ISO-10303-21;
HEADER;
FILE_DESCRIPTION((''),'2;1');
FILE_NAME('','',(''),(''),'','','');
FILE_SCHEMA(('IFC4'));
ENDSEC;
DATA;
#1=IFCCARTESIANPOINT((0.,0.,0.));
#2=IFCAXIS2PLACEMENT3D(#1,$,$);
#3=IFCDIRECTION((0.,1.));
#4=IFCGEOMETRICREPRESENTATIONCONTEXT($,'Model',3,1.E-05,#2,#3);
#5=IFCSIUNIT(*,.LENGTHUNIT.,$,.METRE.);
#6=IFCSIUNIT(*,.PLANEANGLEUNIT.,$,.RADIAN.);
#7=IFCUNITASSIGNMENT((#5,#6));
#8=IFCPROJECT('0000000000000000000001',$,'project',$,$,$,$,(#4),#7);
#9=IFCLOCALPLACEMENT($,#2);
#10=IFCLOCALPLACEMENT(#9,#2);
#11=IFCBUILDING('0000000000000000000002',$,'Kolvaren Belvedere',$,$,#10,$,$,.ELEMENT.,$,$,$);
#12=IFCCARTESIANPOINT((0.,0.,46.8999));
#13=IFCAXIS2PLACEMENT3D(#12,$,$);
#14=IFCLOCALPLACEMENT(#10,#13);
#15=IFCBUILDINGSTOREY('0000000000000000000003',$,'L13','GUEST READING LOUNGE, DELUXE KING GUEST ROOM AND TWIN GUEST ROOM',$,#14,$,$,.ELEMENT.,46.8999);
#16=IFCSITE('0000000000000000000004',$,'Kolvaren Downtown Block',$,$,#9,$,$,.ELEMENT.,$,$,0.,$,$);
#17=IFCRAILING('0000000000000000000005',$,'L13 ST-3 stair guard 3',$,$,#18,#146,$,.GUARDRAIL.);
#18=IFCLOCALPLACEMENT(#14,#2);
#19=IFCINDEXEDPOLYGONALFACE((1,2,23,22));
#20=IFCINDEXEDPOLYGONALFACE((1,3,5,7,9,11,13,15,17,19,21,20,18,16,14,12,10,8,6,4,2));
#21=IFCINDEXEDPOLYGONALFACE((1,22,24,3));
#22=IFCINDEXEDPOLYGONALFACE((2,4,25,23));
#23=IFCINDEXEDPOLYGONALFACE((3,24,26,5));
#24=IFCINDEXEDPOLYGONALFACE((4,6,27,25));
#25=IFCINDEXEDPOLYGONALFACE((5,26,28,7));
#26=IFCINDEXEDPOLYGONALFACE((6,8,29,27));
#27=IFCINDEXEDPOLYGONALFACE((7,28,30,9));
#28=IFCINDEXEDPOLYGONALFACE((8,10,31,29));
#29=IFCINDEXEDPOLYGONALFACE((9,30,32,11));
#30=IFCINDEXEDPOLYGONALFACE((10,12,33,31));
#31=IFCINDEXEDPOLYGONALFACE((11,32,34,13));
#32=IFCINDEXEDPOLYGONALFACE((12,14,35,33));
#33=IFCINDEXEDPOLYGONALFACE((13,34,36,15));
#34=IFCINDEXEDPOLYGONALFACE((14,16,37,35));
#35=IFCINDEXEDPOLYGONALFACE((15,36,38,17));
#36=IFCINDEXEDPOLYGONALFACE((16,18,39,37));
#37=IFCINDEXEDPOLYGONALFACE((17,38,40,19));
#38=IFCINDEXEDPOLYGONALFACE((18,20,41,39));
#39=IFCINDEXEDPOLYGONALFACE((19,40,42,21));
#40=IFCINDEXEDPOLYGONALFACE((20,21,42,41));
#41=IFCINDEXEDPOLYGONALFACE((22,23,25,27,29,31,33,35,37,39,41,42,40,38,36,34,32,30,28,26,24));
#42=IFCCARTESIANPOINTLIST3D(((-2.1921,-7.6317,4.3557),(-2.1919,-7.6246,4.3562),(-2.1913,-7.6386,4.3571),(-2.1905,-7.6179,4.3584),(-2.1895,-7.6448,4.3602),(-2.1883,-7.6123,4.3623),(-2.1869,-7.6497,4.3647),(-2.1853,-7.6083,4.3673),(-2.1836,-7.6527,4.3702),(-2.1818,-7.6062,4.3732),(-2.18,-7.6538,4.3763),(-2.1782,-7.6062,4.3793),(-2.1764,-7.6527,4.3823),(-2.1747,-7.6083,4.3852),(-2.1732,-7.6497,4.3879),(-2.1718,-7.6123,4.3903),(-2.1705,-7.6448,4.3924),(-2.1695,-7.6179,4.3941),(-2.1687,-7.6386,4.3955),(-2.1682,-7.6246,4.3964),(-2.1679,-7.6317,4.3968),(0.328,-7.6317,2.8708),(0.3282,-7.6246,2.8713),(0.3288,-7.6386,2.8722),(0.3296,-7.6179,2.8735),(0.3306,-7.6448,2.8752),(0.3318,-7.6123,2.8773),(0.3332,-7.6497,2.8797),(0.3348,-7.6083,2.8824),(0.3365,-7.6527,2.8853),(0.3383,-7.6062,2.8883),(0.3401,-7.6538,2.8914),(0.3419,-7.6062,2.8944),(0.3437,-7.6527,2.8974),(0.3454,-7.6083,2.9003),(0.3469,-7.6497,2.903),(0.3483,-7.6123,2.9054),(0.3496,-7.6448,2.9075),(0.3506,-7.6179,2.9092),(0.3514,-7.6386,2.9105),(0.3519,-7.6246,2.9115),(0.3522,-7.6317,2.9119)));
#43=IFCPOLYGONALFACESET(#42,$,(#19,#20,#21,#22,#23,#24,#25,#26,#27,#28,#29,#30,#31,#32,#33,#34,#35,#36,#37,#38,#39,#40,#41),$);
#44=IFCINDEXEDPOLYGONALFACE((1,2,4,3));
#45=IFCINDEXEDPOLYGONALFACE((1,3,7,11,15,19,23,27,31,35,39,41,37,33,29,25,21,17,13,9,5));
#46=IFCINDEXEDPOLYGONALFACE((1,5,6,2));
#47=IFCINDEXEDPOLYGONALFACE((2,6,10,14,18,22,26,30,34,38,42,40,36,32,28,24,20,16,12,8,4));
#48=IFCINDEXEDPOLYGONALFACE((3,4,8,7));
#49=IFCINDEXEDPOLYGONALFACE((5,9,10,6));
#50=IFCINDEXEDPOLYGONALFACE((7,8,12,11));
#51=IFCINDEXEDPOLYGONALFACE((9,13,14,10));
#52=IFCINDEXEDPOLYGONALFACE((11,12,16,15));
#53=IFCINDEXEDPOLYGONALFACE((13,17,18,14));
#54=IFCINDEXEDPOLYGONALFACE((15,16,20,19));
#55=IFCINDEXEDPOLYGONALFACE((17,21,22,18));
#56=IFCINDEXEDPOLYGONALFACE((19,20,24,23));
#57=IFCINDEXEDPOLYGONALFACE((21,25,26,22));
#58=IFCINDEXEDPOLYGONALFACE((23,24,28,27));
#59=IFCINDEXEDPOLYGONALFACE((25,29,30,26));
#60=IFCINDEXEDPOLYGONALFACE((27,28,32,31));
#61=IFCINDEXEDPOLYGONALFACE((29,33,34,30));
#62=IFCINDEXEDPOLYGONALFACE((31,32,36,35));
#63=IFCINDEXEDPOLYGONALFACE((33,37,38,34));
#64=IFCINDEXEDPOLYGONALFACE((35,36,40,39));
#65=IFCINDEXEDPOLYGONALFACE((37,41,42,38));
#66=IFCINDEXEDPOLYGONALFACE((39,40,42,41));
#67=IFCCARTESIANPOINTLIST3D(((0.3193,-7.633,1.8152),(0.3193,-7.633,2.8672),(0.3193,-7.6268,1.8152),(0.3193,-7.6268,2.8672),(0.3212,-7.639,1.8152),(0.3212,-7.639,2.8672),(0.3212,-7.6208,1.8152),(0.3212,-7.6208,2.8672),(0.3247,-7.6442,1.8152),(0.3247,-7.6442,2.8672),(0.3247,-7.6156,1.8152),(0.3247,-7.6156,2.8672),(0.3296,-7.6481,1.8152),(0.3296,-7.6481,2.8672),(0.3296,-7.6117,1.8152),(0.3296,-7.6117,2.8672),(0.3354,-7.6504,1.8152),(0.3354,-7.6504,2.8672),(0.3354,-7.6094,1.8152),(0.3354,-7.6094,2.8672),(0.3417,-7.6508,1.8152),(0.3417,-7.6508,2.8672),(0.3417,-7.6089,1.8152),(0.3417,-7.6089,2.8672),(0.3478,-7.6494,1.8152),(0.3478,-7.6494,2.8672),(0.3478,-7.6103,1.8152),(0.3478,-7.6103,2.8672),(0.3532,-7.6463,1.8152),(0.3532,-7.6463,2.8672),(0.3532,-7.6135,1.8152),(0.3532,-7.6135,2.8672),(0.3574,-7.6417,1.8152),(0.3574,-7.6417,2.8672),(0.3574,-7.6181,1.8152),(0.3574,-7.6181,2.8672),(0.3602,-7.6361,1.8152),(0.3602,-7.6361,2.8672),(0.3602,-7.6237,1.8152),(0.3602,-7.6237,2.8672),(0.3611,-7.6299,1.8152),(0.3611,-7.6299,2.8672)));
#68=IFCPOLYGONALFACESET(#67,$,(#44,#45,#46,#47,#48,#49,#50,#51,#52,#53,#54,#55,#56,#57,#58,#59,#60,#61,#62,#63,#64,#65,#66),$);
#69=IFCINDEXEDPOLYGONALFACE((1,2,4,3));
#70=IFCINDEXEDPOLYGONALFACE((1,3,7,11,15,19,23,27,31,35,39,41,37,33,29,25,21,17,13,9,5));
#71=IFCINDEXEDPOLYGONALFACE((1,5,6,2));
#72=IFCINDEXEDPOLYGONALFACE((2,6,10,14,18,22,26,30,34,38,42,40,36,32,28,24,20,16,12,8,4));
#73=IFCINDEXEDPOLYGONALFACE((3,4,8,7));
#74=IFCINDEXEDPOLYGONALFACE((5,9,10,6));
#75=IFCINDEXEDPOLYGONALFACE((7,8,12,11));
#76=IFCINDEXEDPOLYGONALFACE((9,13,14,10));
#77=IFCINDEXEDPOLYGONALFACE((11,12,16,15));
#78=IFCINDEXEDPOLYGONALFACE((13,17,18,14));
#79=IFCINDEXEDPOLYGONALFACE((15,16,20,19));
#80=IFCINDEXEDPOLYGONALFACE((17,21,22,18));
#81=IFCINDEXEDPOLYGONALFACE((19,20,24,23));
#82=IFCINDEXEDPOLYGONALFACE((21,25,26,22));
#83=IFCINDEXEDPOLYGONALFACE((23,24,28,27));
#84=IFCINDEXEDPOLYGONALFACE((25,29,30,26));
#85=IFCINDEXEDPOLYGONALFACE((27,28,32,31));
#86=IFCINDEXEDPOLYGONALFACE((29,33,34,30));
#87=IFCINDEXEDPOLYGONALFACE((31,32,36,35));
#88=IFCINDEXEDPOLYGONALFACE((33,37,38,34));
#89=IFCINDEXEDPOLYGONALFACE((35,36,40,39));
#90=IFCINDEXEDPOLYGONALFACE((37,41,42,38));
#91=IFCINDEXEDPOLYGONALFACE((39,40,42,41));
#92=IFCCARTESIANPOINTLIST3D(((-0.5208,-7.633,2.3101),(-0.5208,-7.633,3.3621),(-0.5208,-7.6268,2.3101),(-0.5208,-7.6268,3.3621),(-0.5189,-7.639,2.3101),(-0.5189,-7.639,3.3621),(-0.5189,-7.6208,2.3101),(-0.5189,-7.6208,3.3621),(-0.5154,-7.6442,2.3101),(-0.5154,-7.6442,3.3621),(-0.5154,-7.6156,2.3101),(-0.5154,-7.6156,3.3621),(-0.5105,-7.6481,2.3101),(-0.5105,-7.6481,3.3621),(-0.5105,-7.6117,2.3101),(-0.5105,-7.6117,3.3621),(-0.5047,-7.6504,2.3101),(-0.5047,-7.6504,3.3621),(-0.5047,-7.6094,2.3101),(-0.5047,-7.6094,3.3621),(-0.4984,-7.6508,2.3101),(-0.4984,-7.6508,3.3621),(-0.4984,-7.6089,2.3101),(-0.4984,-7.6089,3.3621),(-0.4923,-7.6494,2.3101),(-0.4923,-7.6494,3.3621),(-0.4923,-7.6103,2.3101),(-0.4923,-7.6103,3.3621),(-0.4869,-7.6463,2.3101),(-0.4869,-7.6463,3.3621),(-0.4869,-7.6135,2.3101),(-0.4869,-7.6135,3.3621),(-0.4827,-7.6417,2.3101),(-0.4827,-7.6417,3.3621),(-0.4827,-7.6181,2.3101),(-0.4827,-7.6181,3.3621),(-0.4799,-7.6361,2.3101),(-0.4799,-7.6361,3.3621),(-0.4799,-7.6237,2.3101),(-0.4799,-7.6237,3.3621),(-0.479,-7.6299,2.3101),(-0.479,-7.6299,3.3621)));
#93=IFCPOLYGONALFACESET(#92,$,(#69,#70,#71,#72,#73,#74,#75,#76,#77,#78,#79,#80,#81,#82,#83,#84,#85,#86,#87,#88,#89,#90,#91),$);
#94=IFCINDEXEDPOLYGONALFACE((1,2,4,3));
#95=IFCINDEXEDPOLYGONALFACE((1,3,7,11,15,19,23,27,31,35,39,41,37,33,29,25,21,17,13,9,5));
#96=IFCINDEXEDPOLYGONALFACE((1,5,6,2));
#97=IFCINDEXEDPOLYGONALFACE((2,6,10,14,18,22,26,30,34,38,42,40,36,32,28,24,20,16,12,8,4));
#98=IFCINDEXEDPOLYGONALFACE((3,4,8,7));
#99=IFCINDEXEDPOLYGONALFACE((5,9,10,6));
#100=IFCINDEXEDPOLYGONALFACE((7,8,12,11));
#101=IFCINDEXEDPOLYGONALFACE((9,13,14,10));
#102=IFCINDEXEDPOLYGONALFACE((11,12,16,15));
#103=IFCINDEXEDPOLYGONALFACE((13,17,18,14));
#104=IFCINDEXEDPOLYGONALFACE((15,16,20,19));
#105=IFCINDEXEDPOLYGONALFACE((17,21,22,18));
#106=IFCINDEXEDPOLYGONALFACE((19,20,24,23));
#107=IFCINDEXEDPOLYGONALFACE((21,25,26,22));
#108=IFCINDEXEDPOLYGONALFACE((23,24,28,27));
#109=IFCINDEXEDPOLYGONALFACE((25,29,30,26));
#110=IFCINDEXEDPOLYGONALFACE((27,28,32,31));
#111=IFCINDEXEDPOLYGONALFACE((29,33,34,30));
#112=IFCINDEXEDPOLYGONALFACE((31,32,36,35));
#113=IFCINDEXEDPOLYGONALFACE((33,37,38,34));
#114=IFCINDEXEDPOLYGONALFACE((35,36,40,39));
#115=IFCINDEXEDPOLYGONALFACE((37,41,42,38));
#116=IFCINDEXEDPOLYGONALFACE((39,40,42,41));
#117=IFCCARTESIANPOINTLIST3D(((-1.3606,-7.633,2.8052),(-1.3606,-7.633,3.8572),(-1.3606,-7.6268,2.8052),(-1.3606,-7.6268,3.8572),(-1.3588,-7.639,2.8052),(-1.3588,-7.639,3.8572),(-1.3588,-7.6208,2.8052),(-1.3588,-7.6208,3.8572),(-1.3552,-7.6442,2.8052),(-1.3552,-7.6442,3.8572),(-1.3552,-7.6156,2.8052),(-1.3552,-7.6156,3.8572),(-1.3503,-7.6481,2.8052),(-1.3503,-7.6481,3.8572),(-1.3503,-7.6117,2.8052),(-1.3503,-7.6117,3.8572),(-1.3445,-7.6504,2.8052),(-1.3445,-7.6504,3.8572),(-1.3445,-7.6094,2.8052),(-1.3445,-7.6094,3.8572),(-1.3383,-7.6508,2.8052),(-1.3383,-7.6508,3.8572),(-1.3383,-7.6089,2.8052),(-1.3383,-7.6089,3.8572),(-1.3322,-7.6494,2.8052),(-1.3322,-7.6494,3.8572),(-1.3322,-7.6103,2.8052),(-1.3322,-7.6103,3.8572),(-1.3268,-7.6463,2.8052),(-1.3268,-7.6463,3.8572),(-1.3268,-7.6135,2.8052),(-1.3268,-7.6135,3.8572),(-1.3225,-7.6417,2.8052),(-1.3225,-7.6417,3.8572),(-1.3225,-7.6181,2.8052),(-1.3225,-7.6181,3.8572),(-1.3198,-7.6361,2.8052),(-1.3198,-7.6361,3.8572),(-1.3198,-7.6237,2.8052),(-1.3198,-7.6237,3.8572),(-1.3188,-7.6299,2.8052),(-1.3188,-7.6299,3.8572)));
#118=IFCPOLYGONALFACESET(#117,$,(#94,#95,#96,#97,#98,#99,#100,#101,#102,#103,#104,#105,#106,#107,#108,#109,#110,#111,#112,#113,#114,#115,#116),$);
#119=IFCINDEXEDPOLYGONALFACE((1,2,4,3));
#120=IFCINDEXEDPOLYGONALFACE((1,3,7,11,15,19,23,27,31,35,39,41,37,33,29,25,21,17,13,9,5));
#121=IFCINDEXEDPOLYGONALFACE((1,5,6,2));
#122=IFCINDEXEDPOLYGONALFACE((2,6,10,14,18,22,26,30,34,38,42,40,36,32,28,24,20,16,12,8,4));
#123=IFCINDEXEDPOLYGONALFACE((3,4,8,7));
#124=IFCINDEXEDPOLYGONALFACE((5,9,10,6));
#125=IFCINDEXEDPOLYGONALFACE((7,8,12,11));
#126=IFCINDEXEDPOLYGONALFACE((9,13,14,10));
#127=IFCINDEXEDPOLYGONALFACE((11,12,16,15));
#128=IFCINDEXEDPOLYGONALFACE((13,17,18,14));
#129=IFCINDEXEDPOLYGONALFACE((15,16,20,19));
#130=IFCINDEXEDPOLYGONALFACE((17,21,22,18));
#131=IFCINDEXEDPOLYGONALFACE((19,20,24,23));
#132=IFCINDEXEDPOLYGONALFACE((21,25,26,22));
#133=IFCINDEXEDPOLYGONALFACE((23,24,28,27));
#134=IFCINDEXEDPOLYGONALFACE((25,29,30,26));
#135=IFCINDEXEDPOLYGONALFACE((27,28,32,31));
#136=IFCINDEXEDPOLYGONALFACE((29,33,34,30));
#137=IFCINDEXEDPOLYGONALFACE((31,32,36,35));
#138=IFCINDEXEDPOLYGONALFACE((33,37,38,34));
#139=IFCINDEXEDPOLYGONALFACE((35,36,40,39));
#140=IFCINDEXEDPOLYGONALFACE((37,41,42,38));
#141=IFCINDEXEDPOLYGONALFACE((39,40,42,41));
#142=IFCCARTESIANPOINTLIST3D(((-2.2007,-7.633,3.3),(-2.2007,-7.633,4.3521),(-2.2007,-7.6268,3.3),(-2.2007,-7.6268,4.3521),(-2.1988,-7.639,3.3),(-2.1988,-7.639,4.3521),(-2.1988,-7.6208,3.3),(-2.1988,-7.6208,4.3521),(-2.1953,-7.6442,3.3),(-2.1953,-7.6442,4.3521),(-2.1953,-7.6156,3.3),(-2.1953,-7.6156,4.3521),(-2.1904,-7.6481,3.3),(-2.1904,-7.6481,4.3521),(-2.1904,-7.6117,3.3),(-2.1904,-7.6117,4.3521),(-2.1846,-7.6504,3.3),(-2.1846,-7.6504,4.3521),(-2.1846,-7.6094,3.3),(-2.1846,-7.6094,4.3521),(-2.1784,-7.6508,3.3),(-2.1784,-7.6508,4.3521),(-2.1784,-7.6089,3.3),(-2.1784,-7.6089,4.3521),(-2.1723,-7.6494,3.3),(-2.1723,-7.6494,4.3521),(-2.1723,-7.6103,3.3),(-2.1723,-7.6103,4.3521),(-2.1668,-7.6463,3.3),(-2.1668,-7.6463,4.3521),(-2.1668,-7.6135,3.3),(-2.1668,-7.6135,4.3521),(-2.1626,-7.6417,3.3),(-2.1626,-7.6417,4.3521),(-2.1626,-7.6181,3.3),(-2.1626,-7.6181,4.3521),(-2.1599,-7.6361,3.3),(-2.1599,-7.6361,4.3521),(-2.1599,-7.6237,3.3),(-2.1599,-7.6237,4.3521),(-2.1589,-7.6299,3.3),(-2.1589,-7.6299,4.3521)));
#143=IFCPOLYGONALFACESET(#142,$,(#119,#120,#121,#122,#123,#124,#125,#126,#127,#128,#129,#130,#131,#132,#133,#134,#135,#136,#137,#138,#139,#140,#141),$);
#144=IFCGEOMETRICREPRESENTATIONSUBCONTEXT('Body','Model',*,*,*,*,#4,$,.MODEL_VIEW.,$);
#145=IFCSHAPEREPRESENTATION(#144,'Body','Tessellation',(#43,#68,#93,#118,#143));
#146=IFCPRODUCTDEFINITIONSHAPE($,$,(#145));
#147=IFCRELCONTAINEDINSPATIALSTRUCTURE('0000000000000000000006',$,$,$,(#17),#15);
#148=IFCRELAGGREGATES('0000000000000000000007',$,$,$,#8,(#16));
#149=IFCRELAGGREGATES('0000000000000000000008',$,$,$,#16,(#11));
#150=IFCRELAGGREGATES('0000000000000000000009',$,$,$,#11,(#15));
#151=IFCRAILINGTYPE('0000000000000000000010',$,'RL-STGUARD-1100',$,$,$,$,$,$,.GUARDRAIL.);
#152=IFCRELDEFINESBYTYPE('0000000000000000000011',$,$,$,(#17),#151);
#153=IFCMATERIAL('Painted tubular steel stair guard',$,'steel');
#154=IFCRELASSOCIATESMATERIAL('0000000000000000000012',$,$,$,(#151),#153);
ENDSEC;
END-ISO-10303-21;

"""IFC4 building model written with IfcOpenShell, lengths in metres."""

from ifc_helpers import new_model, si_unit, direction, frame, origin, origin_2d, place, context, subcontext, project, spatial, circle, extrude, material, type_object, element, save


model = new_model("IFC4")

# Units and contexts
model_context = context("Model", 3, precision=1e-05, world=origin(), true_north=direction((0.0, 1.0)))
body_context = subcontext(model_context, "Body", "Model", "MODEL_VIEW")
ifc_project = project(units=[si_unit("LENGTHUNIT", "METRE"), si_unit("PLANEANGLEUNIT", "RADIAN")], contexts=[model_context])

# Site, building, storey
site_placement = place(None, origin())
site = spatial("IfcSite", under=ifc_project, at=site_placement, Name="Kolvaren Downtown Block", CompositionType="ELEMENT", RefElevation=0.0)
building_placement = place(site_placement, origin())
building = spatial("IfcBuilding", under=site, at=building_placement, Name="Kolvaren Belvedere", CompositionType="ELEMENT")
storey_placement = place(building_placement, frame((0.0, 0.0, 46.8999)))
storey = spatial("IfcBuildingStorey", under=building, at=storey_placement, Name="L13", Description="GUEST READING LOUNGE, DELUXE KING GUEST ROOM AND TWIN GUEST ROOM", CompositionType="ELEMENT", Elevation=46.8999)

# Railing
ifc_material_1 = material(Name="Painted tubular steel stair guard", Category="steel")
railing_type_1 = type_object("IfcRailingType", Name="RL-STGUARD-1100", PredefinedType="GUARDRAIL", material=ifc_material_1)
railing_1_placement = place(storey_placement, frame((0.3401, -7.6299, 1.8152)))
element("IfcRailing", 1, at=railing_1_placement, inside=storey, type_object=railing_type_1, Name="L13 ST-3 stair guard 3", PredefinedType="GUARDRAIL", context=body_context, shape_type="SweptSolid", body=[
    extrude(circle(Radius=0.0239, at=origin_2d()), frame((0.0, 0.0, 1.0762), z_axis=(-0.861561, 0.0, 0.507655), x_axis=(0.0, -1.0, 0.0)), (0.0, 0.0, 1.0), 2.925),
    extrude(circle(Radius=0.021, at=origin_2d()), origin(), (0.0, 0.0, 1.0), 1.052),
    extrude(circle(Radius=0.021, at=origin_2d()), frame((-0.8401, 0.0, 0.4949)), (0.0, 0.0, 1.0), 1.052),
    extrude(circle(Radius=0.021, at=origin_2d()), frame((-1.6799, 0.0, 0.99)), (0.0, 0.0, 1.0), 1.052),
    extrude(circle(Radius=0.021, at=origin_2d()), frame((-2.52, 0.0, 1.4849)), (0.0, 0.0, 1.0), 1.052),
])

save(model, "model.ifc")
